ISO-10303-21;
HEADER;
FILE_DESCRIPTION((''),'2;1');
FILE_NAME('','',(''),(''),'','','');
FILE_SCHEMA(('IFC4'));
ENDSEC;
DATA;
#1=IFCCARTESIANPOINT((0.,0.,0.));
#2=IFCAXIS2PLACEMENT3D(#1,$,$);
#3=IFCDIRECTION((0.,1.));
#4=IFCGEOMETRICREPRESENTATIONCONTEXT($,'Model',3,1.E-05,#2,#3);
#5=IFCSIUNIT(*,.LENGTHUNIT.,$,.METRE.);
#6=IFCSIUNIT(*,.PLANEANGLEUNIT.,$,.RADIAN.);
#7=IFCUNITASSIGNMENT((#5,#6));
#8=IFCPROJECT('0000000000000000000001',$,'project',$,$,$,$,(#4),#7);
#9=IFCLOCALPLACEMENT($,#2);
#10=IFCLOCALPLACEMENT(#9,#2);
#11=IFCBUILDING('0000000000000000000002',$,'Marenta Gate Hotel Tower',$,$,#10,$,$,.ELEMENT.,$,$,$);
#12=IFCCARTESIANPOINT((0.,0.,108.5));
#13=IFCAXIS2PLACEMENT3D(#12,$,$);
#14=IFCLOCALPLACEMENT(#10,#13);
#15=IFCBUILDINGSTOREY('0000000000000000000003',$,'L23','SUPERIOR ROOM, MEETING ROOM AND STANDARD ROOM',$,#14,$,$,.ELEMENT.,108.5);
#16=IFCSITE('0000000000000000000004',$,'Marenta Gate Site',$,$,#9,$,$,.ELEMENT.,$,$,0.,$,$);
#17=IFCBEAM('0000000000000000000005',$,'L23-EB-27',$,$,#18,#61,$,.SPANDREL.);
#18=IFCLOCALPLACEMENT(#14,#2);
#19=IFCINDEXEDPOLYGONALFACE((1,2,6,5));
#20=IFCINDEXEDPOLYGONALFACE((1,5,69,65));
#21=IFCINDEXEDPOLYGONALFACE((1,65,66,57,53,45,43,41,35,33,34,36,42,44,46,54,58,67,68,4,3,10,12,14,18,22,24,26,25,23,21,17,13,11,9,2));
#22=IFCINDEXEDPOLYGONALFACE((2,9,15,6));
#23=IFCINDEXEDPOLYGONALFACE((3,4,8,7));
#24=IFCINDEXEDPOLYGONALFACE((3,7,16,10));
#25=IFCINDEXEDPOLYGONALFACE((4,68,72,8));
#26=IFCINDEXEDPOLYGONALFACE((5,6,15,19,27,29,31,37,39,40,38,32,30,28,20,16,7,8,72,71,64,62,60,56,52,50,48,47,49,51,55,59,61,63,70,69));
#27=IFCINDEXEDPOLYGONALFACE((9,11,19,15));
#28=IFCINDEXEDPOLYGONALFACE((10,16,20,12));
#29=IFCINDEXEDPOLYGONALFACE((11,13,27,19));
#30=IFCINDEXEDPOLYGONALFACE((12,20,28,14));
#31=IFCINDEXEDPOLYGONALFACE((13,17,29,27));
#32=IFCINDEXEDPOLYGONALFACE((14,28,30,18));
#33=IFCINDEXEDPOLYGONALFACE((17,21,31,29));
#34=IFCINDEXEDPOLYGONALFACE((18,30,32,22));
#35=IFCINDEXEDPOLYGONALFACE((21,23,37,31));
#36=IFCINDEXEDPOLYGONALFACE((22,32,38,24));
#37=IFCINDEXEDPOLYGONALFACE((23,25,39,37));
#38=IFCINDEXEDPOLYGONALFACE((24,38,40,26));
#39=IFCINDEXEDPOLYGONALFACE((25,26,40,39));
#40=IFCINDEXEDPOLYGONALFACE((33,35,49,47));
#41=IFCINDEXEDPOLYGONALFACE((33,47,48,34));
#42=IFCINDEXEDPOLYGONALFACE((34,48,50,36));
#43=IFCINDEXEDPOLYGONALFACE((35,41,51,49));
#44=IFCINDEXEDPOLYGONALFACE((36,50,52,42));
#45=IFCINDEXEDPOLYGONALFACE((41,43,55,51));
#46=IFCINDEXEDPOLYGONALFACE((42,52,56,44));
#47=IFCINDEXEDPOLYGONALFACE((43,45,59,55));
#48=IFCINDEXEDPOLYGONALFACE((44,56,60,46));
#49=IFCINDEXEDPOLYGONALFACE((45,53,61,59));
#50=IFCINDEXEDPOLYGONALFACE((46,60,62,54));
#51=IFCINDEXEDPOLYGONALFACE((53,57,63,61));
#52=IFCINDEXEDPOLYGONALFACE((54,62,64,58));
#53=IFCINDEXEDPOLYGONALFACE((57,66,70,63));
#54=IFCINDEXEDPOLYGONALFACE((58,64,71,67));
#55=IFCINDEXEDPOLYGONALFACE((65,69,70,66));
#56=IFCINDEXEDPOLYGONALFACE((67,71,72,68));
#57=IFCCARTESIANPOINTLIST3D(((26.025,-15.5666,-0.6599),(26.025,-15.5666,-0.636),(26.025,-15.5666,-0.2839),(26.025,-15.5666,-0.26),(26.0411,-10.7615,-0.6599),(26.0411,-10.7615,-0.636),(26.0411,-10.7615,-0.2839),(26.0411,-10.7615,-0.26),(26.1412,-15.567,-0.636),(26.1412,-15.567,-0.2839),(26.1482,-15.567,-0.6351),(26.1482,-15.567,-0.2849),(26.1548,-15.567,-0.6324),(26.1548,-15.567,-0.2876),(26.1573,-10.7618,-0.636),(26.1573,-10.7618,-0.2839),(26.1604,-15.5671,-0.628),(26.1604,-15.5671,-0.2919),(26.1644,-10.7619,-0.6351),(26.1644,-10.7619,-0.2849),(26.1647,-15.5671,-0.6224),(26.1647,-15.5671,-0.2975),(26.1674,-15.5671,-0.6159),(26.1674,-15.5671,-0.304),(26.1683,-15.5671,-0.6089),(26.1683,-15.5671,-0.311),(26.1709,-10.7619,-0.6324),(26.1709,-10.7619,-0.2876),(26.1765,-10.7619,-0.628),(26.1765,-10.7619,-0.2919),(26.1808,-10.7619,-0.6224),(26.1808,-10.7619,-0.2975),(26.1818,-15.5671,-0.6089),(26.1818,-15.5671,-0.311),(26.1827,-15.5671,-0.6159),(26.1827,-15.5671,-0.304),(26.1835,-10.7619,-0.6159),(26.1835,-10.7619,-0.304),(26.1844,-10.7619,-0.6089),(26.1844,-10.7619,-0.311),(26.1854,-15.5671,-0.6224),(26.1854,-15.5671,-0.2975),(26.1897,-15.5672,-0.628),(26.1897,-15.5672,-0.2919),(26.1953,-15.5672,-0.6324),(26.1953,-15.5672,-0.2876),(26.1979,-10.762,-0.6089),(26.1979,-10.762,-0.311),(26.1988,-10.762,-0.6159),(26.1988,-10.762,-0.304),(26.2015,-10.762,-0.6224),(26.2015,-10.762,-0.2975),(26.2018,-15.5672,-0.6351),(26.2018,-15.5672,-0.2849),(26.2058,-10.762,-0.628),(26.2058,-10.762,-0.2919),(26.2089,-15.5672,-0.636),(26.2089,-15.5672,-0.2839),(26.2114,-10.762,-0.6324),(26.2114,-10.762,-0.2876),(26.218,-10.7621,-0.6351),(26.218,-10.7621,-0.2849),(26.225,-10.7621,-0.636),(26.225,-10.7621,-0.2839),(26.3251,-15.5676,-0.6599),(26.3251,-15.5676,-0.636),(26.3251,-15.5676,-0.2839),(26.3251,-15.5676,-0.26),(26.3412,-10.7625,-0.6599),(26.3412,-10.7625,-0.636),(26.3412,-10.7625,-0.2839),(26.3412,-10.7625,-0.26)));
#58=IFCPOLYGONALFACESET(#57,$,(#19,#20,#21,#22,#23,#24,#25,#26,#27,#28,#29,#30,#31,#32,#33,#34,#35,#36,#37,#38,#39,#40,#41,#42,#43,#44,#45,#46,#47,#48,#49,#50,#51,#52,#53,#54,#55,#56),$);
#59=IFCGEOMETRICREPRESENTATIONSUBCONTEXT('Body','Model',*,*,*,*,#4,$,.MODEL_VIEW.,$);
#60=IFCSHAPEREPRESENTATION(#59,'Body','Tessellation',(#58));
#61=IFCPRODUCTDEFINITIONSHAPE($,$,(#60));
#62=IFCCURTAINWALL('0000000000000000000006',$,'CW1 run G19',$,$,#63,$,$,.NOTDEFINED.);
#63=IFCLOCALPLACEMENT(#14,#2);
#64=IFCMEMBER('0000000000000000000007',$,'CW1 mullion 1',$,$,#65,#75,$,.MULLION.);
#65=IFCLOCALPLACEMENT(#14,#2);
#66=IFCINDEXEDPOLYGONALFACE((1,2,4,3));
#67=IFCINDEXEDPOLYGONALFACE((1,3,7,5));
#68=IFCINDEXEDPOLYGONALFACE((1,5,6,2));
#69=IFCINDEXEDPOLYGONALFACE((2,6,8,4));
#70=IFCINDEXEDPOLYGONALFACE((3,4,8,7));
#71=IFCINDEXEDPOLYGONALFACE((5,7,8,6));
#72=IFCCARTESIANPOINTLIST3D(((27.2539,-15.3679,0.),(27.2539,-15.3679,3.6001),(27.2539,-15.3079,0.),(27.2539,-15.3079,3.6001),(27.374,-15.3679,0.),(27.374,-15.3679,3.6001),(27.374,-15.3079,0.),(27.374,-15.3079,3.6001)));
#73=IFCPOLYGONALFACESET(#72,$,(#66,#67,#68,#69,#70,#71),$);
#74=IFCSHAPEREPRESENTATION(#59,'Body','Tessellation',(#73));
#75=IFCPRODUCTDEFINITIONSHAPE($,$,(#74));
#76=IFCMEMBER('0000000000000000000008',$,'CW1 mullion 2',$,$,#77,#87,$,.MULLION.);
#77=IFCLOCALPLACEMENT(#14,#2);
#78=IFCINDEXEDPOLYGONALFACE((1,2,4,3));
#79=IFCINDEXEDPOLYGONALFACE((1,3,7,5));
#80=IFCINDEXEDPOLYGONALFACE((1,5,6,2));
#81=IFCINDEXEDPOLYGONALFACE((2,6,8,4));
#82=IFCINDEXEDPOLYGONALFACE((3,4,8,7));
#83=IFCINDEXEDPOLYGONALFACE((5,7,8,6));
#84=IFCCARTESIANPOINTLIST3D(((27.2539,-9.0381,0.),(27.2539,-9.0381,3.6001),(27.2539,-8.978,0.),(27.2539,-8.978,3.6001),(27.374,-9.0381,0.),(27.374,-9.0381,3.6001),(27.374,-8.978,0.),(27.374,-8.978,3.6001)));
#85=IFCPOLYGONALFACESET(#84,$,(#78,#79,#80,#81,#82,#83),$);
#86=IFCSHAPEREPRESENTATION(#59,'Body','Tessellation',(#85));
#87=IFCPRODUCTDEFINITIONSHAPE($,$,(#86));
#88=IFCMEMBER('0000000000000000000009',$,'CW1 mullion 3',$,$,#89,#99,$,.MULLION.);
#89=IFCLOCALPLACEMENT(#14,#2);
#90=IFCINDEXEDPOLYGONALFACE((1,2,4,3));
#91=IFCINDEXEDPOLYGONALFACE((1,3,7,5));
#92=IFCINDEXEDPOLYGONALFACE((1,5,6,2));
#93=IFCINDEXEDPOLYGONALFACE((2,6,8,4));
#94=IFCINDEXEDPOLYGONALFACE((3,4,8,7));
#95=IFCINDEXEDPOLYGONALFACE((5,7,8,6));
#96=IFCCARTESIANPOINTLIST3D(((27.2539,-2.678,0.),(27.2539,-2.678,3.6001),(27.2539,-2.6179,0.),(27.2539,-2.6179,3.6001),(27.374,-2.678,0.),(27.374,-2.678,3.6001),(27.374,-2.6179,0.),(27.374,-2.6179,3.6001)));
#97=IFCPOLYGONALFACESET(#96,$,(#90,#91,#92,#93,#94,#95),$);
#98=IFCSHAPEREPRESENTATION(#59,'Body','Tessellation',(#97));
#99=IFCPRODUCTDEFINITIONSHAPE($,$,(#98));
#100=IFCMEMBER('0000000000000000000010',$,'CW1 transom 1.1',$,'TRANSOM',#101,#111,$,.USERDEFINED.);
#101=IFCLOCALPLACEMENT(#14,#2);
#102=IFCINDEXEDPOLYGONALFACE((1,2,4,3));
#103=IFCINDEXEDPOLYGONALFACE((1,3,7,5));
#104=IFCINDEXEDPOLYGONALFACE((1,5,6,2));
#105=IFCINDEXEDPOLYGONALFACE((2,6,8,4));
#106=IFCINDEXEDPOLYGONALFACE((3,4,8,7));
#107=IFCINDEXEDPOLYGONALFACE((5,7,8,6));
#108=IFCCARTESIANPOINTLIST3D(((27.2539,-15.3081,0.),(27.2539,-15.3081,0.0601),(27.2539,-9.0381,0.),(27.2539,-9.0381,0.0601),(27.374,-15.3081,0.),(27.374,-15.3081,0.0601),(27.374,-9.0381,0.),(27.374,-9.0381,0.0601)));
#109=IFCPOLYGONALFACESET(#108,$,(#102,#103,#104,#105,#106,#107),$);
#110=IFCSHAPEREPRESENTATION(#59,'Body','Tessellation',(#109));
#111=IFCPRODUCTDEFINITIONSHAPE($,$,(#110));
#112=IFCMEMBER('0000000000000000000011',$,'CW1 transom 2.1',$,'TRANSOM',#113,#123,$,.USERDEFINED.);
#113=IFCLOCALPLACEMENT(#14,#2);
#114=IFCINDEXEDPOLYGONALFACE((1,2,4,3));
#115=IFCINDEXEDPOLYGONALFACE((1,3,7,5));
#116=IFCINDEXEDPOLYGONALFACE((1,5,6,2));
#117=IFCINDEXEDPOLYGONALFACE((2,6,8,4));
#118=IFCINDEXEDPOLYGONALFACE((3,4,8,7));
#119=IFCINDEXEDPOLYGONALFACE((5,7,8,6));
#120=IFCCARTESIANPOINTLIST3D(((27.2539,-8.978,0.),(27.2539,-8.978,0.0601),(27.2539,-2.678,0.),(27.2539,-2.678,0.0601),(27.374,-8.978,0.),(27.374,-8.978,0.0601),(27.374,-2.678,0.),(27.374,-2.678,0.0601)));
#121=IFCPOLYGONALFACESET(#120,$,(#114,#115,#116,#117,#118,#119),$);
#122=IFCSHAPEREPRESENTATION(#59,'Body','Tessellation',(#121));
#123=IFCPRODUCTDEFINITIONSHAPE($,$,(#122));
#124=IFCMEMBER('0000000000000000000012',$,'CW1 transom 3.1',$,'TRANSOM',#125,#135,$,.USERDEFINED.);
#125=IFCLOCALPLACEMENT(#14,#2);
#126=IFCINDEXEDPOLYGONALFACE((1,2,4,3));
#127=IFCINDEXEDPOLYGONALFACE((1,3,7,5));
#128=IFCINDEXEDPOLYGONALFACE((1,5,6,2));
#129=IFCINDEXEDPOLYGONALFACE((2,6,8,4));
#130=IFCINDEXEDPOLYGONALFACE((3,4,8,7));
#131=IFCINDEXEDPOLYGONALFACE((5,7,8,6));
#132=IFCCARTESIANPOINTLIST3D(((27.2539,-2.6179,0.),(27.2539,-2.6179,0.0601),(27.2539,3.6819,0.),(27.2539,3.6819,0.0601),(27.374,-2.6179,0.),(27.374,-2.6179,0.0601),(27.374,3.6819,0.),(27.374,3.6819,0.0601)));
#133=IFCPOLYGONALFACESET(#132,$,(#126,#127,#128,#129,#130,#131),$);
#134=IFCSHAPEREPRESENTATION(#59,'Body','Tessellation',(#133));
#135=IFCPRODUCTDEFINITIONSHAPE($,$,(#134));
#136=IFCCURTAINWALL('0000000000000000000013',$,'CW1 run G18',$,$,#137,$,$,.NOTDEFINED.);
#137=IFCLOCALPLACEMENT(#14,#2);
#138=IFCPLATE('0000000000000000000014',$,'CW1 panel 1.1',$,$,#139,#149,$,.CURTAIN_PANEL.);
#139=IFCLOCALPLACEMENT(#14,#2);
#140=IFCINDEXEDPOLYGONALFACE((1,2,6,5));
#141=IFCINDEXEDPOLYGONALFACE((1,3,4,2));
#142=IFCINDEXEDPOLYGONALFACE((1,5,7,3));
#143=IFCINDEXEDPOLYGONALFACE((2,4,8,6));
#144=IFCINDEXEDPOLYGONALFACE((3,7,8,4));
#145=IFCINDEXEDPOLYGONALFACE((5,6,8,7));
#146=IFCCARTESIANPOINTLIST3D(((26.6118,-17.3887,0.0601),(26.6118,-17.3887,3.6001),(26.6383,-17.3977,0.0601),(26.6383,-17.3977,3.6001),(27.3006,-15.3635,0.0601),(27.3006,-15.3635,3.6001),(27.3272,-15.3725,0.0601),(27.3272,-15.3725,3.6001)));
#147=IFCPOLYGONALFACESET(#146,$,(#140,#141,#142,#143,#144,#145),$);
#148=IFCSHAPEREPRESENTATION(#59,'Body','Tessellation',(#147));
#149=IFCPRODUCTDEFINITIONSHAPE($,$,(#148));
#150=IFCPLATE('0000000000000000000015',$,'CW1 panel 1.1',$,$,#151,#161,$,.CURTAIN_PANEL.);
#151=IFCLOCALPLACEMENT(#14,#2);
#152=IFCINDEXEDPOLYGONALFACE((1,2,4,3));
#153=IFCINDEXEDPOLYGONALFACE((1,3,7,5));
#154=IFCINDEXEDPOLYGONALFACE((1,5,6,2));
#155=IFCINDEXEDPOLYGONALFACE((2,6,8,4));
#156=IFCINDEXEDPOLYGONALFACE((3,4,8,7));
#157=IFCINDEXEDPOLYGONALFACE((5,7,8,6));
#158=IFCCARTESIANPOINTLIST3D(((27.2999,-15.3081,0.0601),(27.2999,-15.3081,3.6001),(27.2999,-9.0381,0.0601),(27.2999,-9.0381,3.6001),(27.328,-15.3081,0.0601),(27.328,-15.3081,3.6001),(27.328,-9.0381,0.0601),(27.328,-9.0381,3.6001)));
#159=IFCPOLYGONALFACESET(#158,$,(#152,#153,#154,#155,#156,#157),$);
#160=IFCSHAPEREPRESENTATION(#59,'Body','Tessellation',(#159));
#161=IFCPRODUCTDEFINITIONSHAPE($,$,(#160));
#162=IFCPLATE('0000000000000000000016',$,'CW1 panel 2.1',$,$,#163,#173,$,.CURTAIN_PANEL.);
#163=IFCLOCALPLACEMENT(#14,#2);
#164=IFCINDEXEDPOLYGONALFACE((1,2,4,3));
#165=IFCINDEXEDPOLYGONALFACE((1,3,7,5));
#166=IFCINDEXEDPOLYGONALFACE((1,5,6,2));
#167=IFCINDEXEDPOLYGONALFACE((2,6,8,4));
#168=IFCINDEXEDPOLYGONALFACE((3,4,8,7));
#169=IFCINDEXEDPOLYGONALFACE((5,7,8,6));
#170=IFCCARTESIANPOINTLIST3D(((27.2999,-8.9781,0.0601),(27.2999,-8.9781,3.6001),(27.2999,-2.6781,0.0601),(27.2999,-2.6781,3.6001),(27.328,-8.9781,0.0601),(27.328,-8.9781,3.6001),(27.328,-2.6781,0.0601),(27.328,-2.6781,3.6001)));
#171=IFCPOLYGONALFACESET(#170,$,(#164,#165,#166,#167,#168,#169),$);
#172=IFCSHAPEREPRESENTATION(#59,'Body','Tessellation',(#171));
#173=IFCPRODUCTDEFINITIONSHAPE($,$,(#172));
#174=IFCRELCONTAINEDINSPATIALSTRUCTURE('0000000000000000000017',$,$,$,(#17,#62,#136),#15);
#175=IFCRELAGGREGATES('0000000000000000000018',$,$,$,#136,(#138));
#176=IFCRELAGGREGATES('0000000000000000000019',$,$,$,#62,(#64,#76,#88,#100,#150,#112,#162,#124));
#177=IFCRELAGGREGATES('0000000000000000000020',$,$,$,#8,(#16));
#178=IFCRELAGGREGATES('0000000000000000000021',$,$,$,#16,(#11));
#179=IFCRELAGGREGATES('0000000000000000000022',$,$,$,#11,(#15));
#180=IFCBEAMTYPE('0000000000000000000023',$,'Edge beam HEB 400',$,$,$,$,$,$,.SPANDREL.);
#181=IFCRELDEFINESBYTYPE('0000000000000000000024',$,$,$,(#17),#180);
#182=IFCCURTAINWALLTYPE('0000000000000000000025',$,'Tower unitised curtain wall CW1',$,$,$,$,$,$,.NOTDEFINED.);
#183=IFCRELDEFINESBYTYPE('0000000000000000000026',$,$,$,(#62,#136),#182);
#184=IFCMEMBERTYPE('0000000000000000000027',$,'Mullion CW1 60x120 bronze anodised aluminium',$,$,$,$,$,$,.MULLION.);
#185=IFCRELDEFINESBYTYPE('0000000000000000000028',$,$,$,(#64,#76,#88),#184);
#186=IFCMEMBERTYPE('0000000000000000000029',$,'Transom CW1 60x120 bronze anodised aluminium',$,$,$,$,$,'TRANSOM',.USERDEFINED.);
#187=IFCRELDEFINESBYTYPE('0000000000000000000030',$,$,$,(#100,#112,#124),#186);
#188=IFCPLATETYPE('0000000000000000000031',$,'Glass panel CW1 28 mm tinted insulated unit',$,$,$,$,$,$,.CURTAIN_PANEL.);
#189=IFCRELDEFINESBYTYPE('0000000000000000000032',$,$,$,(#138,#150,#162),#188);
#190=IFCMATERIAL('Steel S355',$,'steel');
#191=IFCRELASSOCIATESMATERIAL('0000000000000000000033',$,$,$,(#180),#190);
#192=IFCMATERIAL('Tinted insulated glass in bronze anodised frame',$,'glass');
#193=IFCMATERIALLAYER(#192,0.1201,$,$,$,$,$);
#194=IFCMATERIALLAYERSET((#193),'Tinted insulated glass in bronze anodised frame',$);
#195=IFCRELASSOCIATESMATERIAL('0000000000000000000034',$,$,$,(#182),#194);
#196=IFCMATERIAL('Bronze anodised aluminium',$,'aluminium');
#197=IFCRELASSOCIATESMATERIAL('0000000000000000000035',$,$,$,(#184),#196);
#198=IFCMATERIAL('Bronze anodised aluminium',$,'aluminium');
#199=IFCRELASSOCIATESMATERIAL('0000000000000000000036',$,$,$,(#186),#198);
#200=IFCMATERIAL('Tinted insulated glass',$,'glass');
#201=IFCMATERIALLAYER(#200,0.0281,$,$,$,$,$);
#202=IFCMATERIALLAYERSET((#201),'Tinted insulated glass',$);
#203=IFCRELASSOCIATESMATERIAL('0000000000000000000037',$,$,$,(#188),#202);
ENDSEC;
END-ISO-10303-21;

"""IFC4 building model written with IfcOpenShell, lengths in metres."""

from ifc_helpers import new_model, si_unit, direction, frame, origin, origin_2d, place, context, subcontext, project, spatial, rectangle, i_section, extrude, material, layer, layer_set, material_profile, profile_set, type_object, element, aggregate, save


model = new_model("IFC4")

# Units and contexts
model_context = context("Model", 3, precision=1e-05, world=origin(), true_north=direction((0.0, 1.0)))
body_context = subcontext(model_context, "Body", "Model", "MODEL_VIEW")
ifc_project = project(units=[si_unit("LENGTHUNIT", "METRE"), si_unit("PLANEANGLEUNIT", "RADIAN")], contexts=[model_context])

# Site, building, storey
site_placement = place(None, origin())
site = spatial("IfcSite", under=ifc_project, at=site_placement, Name="Marenta Gate Site", CompositionType="ELEMENT", RefElevation=0.0)
building_placement = place(site_placement, origin())
building = spatial("IfcBuilding", under=site, at=building_placement, Name="Marenta Gate Hotel Tower", CompositionType="ELEMENT")
storey_placement = place(building_placement, frame((0.0, 0.0, 108.5)))
storey = spatial("IfcBuildingStorey", under=building, at=storey_placement, Name="L23", Description="SUPERIOR ROOM, MEETING ROOM AND STANDARD ROOM", CompositionType="ELEMENT", Elevation=108.5)

# Beam
ifc_material_1 = material(Name="Steel S355", Category="steel")
ifc_material_profile_1 = material_profile(ifc_material_1, i_section(OverallWidth=0.3, OverallDepth=0.3999, WebThickness=0.0134, FlangeThickness=0.0239, FilletRadius=0.0271, at=origin_2d()), Name="HEB 400")
ifc_profile_set_1 = profile_set([ifc_material_profile_1], Name="Steel S355")
beam_type = type_object("IfcBeamType", Name="Edge beam HEB 400", PredefinedType="SPANDREL", material=ifc_profile_set_1)
beam_1_placement = place(storey_placement, frame((26.1912, -10.762, -0.46), z_axis=(-0.003353, -0.999994, 0.0), x_axis=(0.999994, -0.003353, 0.0)))
element("IfcBeam", 1, at=beam_1_placement, inside=storey, type_object=beam_type, Name="L23-EB-27", PredefinedType="SPANDREL", context=body_context, shape_type="SweptSolid", body=[
    extrude(i_section(OverallWidth=0.3, OverallDepth=0.3999, WebThickness=0.0134, FlangeThickness=0.0239, FilletRadius=0.0271, at=origin_2d()), origin(), (0.0, 0.0, 1.0), 4.8052),
])

# Curtain wall, members
ifc_material_2 = material(Name="Tinted insulated glass in bronze anodised frame", Category="glass")
ifc_layer_1 = layer(ifc_material_2, 0.1201)
ifc_layer_set_1 = layer_set([ifc_layer_1], Name="Tinted insulated glass in bronze anodised frame")
curtain_wall_type = type_object("IfcCurtainWallType", Name="Tower unitised curtain wall CW1", PredefinedType="NOTDEFINED", material=ifc_layer_set_1)
curtain_wall_1_placement = place(storey_placement, origin())
curtain_wall_1 = element("IfcCurtainWall", 2, at=curtain_wall_1_placement, inside=storey, type_object=curtain_wall_type, Name="CW1 run G19", PredefinedType="NOTDEFINED")
ifc_material_3 = material(Name="Bronze anodised aluminium", Category="aluminium")
ifc_material_profile_2 = material_profile(ifc_material_3, rectangle(XDim=0.1201, YDim=0.0601, at=origin_2d()), Name="Mullion CW1 60x120 bronze anodised aluminium")
ifc_profile_set_2 = profile_set([ifc_material_profile_2], Name="Bronze anodised aluminium")
member_type_1 = type_object("IfcMemberType", Name="Mullion CW1 60x120 bronze anodised aluminium", PredefinedType="MULLION", material=ifc_profile_set_2)
member_1_placement = place(storey_placement, frame((27.314, -15.3379, 0.0), z_axis=(0.0, 0.0, 1.0), x_axis=(-1.0, 0.0, 0.0)))
member_1 = element("IfcMember", 3, at=member_1_placement, type_object=member_type_1, Name="CW1 mullion 1", PredefinedType="MULLION", context=body_context, shape_type="SweptSolid", body=[
    extrude(rectangle(XDim=0.1201, YDim=0.0601, at=origin_2d()), origin(), (0.0, 0.0, 1.0), 3.6001),
])
member_2_placement = place(storey_placement, frame((27.314, -9.0081, 0.0), z_axis=(0.0, 0.0, 1.0), x_axis=(-1.0, 0.0, 0.0)))
member_2 = element("IfcMember", 4, at=member_2_placement, type_object=member_type_1, Name="CW1 mullion 2", PredefinedType="MULLION", context=body_context, shape_type="SweptSolid", body=[
    extrude(rectangle(XDim=0.1201, YDim=0.0601, at=origin_2d()), origin(), (0.0, 0.0, 1.0), 3.6001),
])
member_3_placement = place(storey_placement, frame((27.314, -2.6479, 0.0), z_axis=(0.0, 0.0, 1.0), x_axis=(-1.0, 0.0, 0.0)))
member_3 = element("IfcMember", 5, at=member_3_placement, type_object=member_type_1, Name="CW1 mullion 3", PredefinedType="MULLION", context=body_context, shape_type="SweptSolid", body=[
    extrude(rectangle(XDim=0.1201, YDim=0.0601, at=origin_2d()), origin(), (0.0, 0.0, 1.0), 3.6001),
])
ifc_material_4 = material(Name="Bronze anodised aluminium", Category="aluminium")
ifc_material_profile_3 = material_profile(ifc_material_4, rectangle(XDim=0.1201, YDim=0.0601, at=origin_2d()), Name="Transom CW1 60x120 bronze anodised aluminium")
ifc_profile_set_3 = profile_set([ifc_material_profile_3], Name="Bronze anodised aluminium")
member_type_2 = type_object("IfcMemberType", Name="Transom CW1 60x120 bronze anodised aluminium", ElementType="TRANSOM", PredefinedType="USERDEFINED", material=ifc_profile_set_3)
member_4_placement = place(storey_placement, frame((27.314, -15.3081, 0.03), z_axis=(0.0, 1.0, 0.0), x_axis=(-1.0, 0.0, 0.0)))
member_4 = element("IfcMember", 6, at=member_4_placement, type_object=member_type_2, Name="CW1 transom 1.1", ObjectType="TRANSOM", PredefinedType="USERDEFINED", context=body_context, shape_type="SweptSolid", body=[
    extrude(rectangle(XDim=0.1201, YDim=0.0601, at=origin_2d()), origin(), (0.0, 0.0, 1.0), 6.27),
])
member_5_placement = place(storey_placement, frame((27.314, -8.978, 0.03), z_axis=(0.0, 1.0, 0.0), x_axis=(-1.0, 0.0, 0.0)))
member_5 = element("IfcMember", 7, at=member_5_placement, type_object=member_type_2, Name="CW1 transom 2.1", ObjectType="TRANSOM", PredefinedType="USERDEFINED", context=body_context, shape_type="SweptSolid", body=[
    extrude(rectangle(XDim=0.1201, YDim=0.0601, at=origin_2d()), origin(), (0.0, 0.0, 1.0), 6.3),
])
member_6_placement = place(storey_placement, frame((27.314, -2.6179, 0.03), z_axis=(0.0, 1.0, 0.0), x_axis=(-1.0, 0.0, 0.0)))
member_6 = element("IfcMember", 8, at=member_6_placement, type_object=member_type_2, Name="CW1 transom 3.1", ObjectType="TRANSOM", PredefinedType="USERDEFINED", context=body_context, shape_type="SweptSolid", body=[
    extrude(rectangle(XDim=0.1201, YDim=0.0601, at=origin_2d()), origin(), (0.0, 0.0, 1.0), 6.2998),
])

# Curtain wall, plate
curtain_wall_2_placement = place(storey_placement, origin())
curtain_wall_2 = element("IfcCurtainWall", 9, at=curtain_wall_2_placement, inside=storey, type_object=curtain_wall_type, Name="CW1 run G18", PredefinedType="NOTDEFINED")
ifc_material_5 = material(Name="Tinted insulated glass", Category="glass")
ifc_layer_2 = layer(ifc_material_5, 0.0281)
ifc_layer_set_2 = layer_set([ifc_layer_2], Name="Tinted insulated glass")
plate_type = type_object("IfcPlateType", Name="Glass panel CW1 28 mm tinted insulated unit", PredefinedType="CURTAIN_PANEL", material=ifc_layer_set_2)
plate_1_placement = place(storey_placement, frame((26.9695, -16.3806, 0.0601), z_axis=(0.0, 0.0, 1.0), x_axis=(0.322033, 0.946728, 0.0)))
plate_1 = element("IfcPlate", 10, at=plate_1_placement, type_object=plate_type, Name="CW1 panel 1.1", PredefinedType="CURTAIN_PANEL", context=body_context, shape_type="SweptSolid", body=[
    extrude(rectangle(XDim=2.1392, YDim=0.0281, at=origin_2d()), origin(), (0.0, 0.0, 1.0), 3.54),
])
aggregate(curtain_wall_2, [plate_1])

# Plates
plate_2_placement = place(storey_placement, frame((27.314, -12.1731, 0.0601), z_axis=(0.0, 0.0, 1.0), x_axis=(0.0, 1.0, 0.0)))
plate_2 = element("IfcPlate", 11, at=plate_2_placement, type_object=plate_type, Name="CW1 panel 1.1", PredefinedType="CURTAIN_PANEL", context=body_context, shape_type="SweptSolid", body=[
    extrude(rectangle(XDim=6.27, YDim=0.0281, at=origin_2d()), origin(), (0.0, 0.0, 1.0), 3.54),
])
plate_3_placement = place(storey_placement, frame((27.314, -5.8281, 0.0601), z_axis=(0.0, 0.0, 1.0), x_axis=(0.0, 1.0, 0.0)))
plate_3 = element("IfcPlate", 12, at=plate_3_placement, type_object=plate_type, Name="CW1 panel 2.1", PredefinedType="CURTAIN_PANEL", context=body_context, shape_type="SweptSolid", body=[
    extrude(rectangle(XDim=6.3, YDim=0.0281, at=origin_2d()), origin(), (0.0, 0.0, 1.0), 3.54),
])
aggregate(curtain_wall_1, [member_1, member_2, member_3, member_4, plate_2, member_5, plate_3, member_6])

save(model, "model.ifc")
